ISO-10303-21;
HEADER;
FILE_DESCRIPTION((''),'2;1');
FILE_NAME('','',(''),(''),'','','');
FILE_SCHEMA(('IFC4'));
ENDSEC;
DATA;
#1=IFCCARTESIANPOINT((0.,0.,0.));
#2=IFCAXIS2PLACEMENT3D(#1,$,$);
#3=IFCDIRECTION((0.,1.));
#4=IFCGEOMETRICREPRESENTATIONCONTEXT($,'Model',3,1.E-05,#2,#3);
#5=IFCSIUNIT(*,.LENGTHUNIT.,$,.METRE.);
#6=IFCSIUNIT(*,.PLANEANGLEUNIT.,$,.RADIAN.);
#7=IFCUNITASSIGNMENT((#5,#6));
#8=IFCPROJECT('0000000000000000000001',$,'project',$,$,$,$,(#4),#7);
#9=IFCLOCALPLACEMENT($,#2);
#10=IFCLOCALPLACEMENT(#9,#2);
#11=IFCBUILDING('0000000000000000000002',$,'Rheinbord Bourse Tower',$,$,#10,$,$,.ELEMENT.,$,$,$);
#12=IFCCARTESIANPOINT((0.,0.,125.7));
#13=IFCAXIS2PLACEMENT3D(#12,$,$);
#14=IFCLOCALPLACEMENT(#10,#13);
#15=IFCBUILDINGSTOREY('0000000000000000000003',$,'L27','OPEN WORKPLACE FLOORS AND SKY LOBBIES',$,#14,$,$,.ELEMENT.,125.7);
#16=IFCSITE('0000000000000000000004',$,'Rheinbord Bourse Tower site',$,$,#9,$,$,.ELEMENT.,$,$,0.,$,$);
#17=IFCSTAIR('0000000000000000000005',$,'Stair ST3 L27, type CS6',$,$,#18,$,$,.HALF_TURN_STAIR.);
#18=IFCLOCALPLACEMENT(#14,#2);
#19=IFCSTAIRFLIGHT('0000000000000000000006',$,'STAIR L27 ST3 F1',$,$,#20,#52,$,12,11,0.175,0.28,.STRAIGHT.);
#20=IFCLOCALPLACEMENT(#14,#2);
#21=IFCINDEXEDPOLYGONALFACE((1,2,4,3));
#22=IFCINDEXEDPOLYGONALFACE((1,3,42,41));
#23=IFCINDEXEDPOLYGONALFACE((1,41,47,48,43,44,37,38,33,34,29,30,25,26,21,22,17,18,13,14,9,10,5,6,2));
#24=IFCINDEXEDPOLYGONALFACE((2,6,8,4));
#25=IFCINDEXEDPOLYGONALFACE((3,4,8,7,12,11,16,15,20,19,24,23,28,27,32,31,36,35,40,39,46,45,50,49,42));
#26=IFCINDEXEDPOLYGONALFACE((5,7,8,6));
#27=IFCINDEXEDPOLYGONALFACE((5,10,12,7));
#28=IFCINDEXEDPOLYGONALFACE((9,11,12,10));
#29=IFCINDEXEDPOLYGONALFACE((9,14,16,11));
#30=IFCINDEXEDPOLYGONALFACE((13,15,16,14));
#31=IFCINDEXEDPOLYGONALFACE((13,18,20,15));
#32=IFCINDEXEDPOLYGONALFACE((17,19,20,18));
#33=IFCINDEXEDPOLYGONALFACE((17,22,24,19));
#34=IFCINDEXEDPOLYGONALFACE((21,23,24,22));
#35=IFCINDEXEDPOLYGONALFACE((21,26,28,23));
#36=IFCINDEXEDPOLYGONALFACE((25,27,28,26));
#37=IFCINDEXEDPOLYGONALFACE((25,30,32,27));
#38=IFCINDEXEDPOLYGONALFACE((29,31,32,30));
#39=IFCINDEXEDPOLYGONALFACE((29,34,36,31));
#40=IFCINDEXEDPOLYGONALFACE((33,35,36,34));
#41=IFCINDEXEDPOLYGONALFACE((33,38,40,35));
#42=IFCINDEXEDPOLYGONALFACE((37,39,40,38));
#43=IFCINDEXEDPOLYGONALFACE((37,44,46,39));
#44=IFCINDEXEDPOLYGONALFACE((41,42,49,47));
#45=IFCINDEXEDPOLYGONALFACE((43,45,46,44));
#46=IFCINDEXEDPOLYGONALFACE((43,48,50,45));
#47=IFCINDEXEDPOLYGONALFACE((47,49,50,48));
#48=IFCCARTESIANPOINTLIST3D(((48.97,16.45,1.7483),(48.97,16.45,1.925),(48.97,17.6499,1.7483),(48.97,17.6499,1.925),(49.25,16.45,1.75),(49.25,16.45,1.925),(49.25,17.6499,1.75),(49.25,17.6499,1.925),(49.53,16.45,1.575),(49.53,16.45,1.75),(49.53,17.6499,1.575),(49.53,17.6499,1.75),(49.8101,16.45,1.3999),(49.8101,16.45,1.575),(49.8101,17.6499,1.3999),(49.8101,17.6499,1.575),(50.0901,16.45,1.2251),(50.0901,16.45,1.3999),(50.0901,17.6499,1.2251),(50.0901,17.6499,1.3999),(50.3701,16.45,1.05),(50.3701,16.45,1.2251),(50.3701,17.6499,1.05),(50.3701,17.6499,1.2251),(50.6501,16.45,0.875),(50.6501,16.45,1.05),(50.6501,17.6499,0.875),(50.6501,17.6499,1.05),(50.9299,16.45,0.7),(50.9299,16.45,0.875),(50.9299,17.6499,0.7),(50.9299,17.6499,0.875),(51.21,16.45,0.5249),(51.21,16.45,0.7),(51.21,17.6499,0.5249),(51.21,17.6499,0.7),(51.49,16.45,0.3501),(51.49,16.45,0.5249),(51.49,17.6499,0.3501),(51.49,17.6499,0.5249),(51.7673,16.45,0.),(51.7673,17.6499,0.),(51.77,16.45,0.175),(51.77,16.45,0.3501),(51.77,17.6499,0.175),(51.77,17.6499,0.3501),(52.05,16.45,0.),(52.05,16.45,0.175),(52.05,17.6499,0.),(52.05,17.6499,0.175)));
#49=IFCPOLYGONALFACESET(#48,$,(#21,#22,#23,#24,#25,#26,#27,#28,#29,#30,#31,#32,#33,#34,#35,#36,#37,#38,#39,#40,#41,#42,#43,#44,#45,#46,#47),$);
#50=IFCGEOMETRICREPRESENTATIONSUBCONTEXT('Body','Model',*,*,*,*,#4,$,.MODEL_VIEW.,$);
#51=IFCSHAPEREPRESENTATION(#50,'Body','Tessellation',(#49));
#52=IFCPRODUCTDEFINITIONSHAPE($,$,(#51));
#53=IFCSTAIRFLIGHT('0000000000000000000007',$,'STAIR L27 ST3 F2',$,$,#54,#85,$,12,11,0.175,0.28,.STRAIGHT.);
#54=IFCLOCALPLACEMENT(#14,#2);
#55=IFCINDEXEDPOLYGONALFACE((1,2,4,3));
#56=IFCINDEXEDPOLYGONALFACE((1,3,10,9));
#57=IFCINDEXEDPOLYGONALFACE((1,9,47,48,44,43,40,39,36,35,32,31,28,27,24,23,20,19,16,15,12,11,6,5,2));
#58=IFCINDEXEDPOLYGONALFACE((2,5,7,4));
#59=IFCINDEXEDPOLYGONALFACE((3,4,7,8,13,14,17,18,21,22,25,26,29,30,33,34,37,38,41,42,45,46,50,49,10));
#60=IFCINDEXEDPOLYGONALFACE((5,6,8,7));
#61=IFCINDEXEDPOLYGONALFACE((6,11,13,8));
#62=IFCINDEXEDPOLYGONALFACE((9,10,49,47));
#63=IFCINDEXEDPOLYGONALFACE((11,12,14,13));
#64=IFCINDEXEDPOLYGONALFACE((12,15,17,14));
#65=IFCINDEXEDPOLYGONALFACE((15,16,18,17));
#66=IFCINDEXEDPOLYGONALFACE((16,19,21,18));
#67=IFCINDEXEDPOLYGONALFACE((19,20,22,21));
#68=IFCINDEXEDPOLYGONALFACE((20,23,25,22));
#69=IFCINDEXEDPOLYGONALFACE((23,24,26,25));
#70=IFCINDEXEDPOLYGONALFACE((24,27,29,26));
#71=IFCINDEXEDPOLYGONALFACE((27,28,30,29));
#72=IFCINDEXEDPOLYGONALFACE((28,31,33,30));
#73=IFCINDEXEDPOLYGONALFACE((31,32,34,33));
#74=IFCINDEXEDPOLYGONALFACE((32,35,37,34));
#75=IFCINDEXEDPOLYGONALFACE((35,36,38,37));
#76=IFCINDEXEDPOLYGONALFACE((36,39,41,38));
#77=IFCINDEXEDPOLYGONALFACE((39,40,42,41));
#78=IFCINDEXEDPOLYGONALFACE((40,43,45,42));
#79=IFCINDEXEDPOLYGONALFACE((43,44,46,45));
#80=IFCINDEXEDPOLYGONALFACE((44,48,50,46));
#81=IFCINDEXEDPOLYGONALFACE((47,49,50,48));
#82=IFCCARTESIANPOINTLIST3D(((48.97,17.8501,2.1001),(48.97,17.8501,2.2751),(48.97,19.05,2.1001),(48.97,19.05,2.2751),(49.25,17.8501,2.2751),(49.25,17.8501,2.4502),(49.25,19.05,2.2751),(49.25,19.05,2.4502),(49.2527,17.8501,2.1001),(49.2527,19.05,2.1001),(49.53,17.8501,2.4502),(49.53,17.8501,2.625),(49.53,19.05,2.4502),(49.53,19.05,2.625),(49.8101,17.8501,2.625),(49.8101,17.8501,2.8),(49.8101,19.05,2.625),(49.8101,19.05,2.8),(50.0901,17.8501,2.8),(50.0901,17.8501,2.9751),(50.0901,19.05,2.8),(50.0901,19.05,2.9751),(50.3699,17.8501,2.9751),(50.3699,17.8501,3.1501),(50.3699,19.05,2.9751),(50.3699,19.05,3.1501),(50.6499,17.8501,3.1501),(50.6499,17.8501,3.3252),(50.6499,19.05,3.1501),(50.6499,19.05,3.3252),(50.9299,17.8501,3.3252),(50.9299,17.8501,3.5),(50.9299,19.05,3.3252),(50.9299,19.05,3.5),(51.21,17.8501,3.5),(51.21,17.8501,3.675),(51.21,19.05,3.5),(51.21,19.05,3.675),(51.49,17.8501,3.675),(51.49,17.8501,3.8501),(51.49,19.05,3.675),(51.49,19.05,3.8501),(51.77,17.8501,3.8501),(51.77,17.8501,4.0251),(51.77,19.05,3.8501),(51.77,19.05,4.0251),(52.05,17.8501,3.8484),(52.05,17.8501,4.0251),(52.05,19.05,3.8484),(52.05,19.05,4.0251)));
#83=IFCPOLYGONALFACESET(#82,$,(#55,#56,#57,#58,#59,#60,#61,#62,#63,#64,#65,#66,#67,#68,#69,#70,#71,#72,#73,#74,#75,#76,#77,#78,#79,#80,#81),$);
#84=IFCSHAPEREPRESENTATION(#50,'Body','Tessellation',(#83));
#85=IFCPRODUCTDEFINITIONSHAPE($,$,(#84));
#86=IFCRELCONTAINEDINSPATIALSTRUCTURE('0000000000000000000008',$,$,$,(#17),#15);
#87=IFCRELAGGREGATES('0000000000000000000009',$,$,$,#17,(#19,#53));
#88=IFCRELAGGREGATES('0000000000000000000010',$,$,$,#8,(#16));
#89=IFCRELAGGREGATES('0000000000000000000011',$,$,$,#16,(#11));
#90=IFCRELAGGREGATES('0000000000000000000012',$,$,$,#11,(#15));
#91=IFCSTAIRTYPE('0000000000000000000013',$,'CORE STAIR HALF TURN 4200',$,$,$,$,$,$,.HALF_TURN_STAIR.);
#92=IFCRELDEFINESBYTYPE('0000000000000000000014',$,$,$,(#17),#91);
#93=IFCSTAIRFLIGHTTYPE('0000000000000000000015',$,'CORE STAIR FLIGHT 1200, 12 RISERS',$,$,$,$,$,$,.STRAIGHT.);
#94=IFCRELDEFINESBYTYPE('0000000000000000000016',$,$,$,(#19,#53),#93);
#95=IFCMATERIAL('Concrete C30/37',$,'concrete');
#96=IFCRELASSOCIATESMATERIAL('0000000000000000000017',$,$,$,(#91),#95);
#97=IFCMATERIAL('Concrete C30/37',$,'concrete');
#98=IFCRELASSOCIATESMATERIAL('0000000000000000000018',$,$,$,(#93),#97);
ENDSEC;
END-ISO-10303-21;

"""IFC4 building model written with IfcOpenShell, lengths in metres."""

from ifc_helpers import new_model, si_unit, direction, frame, origin, place, context, subcontext, project, spatial, polyline, outline, extrude, material, type_object, element, aggregate, save


model = new_model("IFC4")

# Units and contexts
model_context = context("Model", 3, precision=1e-05, world=origin(), true_north=direction((0.0, 1.0)))
body_context = subcontext(model_context, "Body", "Model", "MODEL_VIEW")
ifc_project = project(units=[si_unit("LENGTHUNIT", "METRE"), si_unit("PLANEANGLEUNIT", "RADIAN")], contexts=[model_context])

# Site, building, storey
site_placement = place(None, origin())
site = spatial("IfcSite", under=ifc_project, at=site_placement, Name="Rheinbord Bourse Tower site", CompositionType="ELEMENT", RefElevation=0.0)
building_placement = place(site_placement, origin())
building = spatial("IfcBuilding", under=site, at=building_placement, Name="Rheinbord Bourse Tower", CompositionType="ELEMENT")
storey_placement = place(building_placement, frame((0.0, 0.0, 125.7)))
storey = spatial("IfcBuildingStorey", under=building, at=storey_placement, Name="L27", Description="OPEN WORKPLACE FLOORS AND SKY LOBBIES", CompositionType="ELEMENT", Elevation=125.7)

# Stair, stair flights
ifc_material_1 = material(Name="Concrete C30/37", Category="concrete")
stair_type = type_object("IfcStairType", Name="CORE STAIR HALF TURN 4200", PredefinedType="HALF_TURN_STAIR", material=ifc_material_1)
stair_placement = place(storey_placement, origin())
stair = element("IfcStair", 1, at=stair_placement, inside=storey, type_object=stair_type, Name="Stair ST3 L27, type CS6", PredefinedType="HALF_TURN_STAIR")
ifc_material_2 = material(Name="Concrete C30/37", Category="concrete")
stair_flight_type = type_object("IfcStairFlightType", Name="CORE STAIR FLIGHT 1200, 12 RISERS", PredefinedType="STRAIGHT", material=ifc_material_2)
stair_flight_1_placement = place(storey_placement, frame((52.05, 17.05, 0.0), z_axis=(0.0, 0.0, 1.0), x_axis=(-1.0, 0.0, 0.0)))
stair_flight_1 = element("IfcStairFlight", 2, at=stair_flight_1_placement, type_object=stair_flight_type, Name="STAIR L27 ST3 F1", NumberOfRisers=12, NumberOfTreads=11, PredefinedType="STRAIGHT", RiserHeight=0.175, TreadLength=0.28, context=body_context, shape_type="SweptSolid", body=[
    extrude(outline(polyline([(0.0, 0.0), (0.0, 0.175), (0.28, 0.175), (0.28, 0.3501), (0.5601, 0.3501), (0.5601, 0.5249), (0.8401, 0.5249), (0.8401, 0.7), (1.1201, 0.7), (1.1201, 0.875), (1.3999, 0.875), (1.3999, 1.05), (1.6799, 1.05), (1.6799, 1.2251), (1.96, 1.2251), (1.96, 1.3999), (2.24, 1.3999), (2.24, 1.575), (2.52, 1.575), (2.52, 1.75), (2.8, 1.75), (2.8, 1.925), (3.0801, 1.925), (3.0801, 2.1001), (3.0801, 1.7483), (0.2827, 0.0), (0.0, 0.0)])), frame((0.0, 0.6001, 0.0), z_axis=(0.0, -1.0, 0.0), x_axis=(1.0, 0.0, 0.0)), (0.0, 0.0, 1.0), 1.2),
])
stair_flight_2_placement = place(storey_placement, frame((48.97, 18.45, 2.1001), z_axis=(0.0, 0.0, 1.0), x_axis=(1.0, 0.0, 0.0)))
stair_flight_2 = element("IfcStairFlight", 3, at=stair_flight_2_placement, type_object=stair_flight_type, Name="STAIR L27 ST3 F2", NumberOfRisers=12, NumberOfTreads=11, PredefinedType="STRAIGHT", RiserHeight=0.175, TreadLength=0.28, context=body_context, shape_type="SweptSolid", body=[
    extrude(outline(polyline([(0.0, 0.0), (0.0, 0.175), (0.28, 0.175), (0.28, 0.3501), (0.5601, 0.3501), (0.5601, 0.5249), (0.8401, 0.5249), (0.8401, 0.7), (1.1201, 0.7), (1.1201, 0.875), (1.3999, 0.875), (1.3999, 1.05), (1.6799, 1.05), (1.6799, 1.2251), (1.96, 1.2251), (1.96, 1.3999), (2.24, 1.3999), (2.24, 1.575), (2.52, 1.575), (2.52, 1.75), (2.8, 1.75), (2.8, 1.925), (3.0801, 1.925), (3.0801, 2.1001), (3.0801, 1.7483), (0.2827, 0.0), (0.0, 0.0)])), frame((0.0, 0.6001, 0.0), z_axis=(0.0, -1.0, 0.0), x_axis=(1.0, 0.0, 0.0)), (0.0, 0.0, 1.0), 1.2),
])
aggregate(stair, [stair_flight_1, stair_flight_2])

save(model, "model.ifc")
